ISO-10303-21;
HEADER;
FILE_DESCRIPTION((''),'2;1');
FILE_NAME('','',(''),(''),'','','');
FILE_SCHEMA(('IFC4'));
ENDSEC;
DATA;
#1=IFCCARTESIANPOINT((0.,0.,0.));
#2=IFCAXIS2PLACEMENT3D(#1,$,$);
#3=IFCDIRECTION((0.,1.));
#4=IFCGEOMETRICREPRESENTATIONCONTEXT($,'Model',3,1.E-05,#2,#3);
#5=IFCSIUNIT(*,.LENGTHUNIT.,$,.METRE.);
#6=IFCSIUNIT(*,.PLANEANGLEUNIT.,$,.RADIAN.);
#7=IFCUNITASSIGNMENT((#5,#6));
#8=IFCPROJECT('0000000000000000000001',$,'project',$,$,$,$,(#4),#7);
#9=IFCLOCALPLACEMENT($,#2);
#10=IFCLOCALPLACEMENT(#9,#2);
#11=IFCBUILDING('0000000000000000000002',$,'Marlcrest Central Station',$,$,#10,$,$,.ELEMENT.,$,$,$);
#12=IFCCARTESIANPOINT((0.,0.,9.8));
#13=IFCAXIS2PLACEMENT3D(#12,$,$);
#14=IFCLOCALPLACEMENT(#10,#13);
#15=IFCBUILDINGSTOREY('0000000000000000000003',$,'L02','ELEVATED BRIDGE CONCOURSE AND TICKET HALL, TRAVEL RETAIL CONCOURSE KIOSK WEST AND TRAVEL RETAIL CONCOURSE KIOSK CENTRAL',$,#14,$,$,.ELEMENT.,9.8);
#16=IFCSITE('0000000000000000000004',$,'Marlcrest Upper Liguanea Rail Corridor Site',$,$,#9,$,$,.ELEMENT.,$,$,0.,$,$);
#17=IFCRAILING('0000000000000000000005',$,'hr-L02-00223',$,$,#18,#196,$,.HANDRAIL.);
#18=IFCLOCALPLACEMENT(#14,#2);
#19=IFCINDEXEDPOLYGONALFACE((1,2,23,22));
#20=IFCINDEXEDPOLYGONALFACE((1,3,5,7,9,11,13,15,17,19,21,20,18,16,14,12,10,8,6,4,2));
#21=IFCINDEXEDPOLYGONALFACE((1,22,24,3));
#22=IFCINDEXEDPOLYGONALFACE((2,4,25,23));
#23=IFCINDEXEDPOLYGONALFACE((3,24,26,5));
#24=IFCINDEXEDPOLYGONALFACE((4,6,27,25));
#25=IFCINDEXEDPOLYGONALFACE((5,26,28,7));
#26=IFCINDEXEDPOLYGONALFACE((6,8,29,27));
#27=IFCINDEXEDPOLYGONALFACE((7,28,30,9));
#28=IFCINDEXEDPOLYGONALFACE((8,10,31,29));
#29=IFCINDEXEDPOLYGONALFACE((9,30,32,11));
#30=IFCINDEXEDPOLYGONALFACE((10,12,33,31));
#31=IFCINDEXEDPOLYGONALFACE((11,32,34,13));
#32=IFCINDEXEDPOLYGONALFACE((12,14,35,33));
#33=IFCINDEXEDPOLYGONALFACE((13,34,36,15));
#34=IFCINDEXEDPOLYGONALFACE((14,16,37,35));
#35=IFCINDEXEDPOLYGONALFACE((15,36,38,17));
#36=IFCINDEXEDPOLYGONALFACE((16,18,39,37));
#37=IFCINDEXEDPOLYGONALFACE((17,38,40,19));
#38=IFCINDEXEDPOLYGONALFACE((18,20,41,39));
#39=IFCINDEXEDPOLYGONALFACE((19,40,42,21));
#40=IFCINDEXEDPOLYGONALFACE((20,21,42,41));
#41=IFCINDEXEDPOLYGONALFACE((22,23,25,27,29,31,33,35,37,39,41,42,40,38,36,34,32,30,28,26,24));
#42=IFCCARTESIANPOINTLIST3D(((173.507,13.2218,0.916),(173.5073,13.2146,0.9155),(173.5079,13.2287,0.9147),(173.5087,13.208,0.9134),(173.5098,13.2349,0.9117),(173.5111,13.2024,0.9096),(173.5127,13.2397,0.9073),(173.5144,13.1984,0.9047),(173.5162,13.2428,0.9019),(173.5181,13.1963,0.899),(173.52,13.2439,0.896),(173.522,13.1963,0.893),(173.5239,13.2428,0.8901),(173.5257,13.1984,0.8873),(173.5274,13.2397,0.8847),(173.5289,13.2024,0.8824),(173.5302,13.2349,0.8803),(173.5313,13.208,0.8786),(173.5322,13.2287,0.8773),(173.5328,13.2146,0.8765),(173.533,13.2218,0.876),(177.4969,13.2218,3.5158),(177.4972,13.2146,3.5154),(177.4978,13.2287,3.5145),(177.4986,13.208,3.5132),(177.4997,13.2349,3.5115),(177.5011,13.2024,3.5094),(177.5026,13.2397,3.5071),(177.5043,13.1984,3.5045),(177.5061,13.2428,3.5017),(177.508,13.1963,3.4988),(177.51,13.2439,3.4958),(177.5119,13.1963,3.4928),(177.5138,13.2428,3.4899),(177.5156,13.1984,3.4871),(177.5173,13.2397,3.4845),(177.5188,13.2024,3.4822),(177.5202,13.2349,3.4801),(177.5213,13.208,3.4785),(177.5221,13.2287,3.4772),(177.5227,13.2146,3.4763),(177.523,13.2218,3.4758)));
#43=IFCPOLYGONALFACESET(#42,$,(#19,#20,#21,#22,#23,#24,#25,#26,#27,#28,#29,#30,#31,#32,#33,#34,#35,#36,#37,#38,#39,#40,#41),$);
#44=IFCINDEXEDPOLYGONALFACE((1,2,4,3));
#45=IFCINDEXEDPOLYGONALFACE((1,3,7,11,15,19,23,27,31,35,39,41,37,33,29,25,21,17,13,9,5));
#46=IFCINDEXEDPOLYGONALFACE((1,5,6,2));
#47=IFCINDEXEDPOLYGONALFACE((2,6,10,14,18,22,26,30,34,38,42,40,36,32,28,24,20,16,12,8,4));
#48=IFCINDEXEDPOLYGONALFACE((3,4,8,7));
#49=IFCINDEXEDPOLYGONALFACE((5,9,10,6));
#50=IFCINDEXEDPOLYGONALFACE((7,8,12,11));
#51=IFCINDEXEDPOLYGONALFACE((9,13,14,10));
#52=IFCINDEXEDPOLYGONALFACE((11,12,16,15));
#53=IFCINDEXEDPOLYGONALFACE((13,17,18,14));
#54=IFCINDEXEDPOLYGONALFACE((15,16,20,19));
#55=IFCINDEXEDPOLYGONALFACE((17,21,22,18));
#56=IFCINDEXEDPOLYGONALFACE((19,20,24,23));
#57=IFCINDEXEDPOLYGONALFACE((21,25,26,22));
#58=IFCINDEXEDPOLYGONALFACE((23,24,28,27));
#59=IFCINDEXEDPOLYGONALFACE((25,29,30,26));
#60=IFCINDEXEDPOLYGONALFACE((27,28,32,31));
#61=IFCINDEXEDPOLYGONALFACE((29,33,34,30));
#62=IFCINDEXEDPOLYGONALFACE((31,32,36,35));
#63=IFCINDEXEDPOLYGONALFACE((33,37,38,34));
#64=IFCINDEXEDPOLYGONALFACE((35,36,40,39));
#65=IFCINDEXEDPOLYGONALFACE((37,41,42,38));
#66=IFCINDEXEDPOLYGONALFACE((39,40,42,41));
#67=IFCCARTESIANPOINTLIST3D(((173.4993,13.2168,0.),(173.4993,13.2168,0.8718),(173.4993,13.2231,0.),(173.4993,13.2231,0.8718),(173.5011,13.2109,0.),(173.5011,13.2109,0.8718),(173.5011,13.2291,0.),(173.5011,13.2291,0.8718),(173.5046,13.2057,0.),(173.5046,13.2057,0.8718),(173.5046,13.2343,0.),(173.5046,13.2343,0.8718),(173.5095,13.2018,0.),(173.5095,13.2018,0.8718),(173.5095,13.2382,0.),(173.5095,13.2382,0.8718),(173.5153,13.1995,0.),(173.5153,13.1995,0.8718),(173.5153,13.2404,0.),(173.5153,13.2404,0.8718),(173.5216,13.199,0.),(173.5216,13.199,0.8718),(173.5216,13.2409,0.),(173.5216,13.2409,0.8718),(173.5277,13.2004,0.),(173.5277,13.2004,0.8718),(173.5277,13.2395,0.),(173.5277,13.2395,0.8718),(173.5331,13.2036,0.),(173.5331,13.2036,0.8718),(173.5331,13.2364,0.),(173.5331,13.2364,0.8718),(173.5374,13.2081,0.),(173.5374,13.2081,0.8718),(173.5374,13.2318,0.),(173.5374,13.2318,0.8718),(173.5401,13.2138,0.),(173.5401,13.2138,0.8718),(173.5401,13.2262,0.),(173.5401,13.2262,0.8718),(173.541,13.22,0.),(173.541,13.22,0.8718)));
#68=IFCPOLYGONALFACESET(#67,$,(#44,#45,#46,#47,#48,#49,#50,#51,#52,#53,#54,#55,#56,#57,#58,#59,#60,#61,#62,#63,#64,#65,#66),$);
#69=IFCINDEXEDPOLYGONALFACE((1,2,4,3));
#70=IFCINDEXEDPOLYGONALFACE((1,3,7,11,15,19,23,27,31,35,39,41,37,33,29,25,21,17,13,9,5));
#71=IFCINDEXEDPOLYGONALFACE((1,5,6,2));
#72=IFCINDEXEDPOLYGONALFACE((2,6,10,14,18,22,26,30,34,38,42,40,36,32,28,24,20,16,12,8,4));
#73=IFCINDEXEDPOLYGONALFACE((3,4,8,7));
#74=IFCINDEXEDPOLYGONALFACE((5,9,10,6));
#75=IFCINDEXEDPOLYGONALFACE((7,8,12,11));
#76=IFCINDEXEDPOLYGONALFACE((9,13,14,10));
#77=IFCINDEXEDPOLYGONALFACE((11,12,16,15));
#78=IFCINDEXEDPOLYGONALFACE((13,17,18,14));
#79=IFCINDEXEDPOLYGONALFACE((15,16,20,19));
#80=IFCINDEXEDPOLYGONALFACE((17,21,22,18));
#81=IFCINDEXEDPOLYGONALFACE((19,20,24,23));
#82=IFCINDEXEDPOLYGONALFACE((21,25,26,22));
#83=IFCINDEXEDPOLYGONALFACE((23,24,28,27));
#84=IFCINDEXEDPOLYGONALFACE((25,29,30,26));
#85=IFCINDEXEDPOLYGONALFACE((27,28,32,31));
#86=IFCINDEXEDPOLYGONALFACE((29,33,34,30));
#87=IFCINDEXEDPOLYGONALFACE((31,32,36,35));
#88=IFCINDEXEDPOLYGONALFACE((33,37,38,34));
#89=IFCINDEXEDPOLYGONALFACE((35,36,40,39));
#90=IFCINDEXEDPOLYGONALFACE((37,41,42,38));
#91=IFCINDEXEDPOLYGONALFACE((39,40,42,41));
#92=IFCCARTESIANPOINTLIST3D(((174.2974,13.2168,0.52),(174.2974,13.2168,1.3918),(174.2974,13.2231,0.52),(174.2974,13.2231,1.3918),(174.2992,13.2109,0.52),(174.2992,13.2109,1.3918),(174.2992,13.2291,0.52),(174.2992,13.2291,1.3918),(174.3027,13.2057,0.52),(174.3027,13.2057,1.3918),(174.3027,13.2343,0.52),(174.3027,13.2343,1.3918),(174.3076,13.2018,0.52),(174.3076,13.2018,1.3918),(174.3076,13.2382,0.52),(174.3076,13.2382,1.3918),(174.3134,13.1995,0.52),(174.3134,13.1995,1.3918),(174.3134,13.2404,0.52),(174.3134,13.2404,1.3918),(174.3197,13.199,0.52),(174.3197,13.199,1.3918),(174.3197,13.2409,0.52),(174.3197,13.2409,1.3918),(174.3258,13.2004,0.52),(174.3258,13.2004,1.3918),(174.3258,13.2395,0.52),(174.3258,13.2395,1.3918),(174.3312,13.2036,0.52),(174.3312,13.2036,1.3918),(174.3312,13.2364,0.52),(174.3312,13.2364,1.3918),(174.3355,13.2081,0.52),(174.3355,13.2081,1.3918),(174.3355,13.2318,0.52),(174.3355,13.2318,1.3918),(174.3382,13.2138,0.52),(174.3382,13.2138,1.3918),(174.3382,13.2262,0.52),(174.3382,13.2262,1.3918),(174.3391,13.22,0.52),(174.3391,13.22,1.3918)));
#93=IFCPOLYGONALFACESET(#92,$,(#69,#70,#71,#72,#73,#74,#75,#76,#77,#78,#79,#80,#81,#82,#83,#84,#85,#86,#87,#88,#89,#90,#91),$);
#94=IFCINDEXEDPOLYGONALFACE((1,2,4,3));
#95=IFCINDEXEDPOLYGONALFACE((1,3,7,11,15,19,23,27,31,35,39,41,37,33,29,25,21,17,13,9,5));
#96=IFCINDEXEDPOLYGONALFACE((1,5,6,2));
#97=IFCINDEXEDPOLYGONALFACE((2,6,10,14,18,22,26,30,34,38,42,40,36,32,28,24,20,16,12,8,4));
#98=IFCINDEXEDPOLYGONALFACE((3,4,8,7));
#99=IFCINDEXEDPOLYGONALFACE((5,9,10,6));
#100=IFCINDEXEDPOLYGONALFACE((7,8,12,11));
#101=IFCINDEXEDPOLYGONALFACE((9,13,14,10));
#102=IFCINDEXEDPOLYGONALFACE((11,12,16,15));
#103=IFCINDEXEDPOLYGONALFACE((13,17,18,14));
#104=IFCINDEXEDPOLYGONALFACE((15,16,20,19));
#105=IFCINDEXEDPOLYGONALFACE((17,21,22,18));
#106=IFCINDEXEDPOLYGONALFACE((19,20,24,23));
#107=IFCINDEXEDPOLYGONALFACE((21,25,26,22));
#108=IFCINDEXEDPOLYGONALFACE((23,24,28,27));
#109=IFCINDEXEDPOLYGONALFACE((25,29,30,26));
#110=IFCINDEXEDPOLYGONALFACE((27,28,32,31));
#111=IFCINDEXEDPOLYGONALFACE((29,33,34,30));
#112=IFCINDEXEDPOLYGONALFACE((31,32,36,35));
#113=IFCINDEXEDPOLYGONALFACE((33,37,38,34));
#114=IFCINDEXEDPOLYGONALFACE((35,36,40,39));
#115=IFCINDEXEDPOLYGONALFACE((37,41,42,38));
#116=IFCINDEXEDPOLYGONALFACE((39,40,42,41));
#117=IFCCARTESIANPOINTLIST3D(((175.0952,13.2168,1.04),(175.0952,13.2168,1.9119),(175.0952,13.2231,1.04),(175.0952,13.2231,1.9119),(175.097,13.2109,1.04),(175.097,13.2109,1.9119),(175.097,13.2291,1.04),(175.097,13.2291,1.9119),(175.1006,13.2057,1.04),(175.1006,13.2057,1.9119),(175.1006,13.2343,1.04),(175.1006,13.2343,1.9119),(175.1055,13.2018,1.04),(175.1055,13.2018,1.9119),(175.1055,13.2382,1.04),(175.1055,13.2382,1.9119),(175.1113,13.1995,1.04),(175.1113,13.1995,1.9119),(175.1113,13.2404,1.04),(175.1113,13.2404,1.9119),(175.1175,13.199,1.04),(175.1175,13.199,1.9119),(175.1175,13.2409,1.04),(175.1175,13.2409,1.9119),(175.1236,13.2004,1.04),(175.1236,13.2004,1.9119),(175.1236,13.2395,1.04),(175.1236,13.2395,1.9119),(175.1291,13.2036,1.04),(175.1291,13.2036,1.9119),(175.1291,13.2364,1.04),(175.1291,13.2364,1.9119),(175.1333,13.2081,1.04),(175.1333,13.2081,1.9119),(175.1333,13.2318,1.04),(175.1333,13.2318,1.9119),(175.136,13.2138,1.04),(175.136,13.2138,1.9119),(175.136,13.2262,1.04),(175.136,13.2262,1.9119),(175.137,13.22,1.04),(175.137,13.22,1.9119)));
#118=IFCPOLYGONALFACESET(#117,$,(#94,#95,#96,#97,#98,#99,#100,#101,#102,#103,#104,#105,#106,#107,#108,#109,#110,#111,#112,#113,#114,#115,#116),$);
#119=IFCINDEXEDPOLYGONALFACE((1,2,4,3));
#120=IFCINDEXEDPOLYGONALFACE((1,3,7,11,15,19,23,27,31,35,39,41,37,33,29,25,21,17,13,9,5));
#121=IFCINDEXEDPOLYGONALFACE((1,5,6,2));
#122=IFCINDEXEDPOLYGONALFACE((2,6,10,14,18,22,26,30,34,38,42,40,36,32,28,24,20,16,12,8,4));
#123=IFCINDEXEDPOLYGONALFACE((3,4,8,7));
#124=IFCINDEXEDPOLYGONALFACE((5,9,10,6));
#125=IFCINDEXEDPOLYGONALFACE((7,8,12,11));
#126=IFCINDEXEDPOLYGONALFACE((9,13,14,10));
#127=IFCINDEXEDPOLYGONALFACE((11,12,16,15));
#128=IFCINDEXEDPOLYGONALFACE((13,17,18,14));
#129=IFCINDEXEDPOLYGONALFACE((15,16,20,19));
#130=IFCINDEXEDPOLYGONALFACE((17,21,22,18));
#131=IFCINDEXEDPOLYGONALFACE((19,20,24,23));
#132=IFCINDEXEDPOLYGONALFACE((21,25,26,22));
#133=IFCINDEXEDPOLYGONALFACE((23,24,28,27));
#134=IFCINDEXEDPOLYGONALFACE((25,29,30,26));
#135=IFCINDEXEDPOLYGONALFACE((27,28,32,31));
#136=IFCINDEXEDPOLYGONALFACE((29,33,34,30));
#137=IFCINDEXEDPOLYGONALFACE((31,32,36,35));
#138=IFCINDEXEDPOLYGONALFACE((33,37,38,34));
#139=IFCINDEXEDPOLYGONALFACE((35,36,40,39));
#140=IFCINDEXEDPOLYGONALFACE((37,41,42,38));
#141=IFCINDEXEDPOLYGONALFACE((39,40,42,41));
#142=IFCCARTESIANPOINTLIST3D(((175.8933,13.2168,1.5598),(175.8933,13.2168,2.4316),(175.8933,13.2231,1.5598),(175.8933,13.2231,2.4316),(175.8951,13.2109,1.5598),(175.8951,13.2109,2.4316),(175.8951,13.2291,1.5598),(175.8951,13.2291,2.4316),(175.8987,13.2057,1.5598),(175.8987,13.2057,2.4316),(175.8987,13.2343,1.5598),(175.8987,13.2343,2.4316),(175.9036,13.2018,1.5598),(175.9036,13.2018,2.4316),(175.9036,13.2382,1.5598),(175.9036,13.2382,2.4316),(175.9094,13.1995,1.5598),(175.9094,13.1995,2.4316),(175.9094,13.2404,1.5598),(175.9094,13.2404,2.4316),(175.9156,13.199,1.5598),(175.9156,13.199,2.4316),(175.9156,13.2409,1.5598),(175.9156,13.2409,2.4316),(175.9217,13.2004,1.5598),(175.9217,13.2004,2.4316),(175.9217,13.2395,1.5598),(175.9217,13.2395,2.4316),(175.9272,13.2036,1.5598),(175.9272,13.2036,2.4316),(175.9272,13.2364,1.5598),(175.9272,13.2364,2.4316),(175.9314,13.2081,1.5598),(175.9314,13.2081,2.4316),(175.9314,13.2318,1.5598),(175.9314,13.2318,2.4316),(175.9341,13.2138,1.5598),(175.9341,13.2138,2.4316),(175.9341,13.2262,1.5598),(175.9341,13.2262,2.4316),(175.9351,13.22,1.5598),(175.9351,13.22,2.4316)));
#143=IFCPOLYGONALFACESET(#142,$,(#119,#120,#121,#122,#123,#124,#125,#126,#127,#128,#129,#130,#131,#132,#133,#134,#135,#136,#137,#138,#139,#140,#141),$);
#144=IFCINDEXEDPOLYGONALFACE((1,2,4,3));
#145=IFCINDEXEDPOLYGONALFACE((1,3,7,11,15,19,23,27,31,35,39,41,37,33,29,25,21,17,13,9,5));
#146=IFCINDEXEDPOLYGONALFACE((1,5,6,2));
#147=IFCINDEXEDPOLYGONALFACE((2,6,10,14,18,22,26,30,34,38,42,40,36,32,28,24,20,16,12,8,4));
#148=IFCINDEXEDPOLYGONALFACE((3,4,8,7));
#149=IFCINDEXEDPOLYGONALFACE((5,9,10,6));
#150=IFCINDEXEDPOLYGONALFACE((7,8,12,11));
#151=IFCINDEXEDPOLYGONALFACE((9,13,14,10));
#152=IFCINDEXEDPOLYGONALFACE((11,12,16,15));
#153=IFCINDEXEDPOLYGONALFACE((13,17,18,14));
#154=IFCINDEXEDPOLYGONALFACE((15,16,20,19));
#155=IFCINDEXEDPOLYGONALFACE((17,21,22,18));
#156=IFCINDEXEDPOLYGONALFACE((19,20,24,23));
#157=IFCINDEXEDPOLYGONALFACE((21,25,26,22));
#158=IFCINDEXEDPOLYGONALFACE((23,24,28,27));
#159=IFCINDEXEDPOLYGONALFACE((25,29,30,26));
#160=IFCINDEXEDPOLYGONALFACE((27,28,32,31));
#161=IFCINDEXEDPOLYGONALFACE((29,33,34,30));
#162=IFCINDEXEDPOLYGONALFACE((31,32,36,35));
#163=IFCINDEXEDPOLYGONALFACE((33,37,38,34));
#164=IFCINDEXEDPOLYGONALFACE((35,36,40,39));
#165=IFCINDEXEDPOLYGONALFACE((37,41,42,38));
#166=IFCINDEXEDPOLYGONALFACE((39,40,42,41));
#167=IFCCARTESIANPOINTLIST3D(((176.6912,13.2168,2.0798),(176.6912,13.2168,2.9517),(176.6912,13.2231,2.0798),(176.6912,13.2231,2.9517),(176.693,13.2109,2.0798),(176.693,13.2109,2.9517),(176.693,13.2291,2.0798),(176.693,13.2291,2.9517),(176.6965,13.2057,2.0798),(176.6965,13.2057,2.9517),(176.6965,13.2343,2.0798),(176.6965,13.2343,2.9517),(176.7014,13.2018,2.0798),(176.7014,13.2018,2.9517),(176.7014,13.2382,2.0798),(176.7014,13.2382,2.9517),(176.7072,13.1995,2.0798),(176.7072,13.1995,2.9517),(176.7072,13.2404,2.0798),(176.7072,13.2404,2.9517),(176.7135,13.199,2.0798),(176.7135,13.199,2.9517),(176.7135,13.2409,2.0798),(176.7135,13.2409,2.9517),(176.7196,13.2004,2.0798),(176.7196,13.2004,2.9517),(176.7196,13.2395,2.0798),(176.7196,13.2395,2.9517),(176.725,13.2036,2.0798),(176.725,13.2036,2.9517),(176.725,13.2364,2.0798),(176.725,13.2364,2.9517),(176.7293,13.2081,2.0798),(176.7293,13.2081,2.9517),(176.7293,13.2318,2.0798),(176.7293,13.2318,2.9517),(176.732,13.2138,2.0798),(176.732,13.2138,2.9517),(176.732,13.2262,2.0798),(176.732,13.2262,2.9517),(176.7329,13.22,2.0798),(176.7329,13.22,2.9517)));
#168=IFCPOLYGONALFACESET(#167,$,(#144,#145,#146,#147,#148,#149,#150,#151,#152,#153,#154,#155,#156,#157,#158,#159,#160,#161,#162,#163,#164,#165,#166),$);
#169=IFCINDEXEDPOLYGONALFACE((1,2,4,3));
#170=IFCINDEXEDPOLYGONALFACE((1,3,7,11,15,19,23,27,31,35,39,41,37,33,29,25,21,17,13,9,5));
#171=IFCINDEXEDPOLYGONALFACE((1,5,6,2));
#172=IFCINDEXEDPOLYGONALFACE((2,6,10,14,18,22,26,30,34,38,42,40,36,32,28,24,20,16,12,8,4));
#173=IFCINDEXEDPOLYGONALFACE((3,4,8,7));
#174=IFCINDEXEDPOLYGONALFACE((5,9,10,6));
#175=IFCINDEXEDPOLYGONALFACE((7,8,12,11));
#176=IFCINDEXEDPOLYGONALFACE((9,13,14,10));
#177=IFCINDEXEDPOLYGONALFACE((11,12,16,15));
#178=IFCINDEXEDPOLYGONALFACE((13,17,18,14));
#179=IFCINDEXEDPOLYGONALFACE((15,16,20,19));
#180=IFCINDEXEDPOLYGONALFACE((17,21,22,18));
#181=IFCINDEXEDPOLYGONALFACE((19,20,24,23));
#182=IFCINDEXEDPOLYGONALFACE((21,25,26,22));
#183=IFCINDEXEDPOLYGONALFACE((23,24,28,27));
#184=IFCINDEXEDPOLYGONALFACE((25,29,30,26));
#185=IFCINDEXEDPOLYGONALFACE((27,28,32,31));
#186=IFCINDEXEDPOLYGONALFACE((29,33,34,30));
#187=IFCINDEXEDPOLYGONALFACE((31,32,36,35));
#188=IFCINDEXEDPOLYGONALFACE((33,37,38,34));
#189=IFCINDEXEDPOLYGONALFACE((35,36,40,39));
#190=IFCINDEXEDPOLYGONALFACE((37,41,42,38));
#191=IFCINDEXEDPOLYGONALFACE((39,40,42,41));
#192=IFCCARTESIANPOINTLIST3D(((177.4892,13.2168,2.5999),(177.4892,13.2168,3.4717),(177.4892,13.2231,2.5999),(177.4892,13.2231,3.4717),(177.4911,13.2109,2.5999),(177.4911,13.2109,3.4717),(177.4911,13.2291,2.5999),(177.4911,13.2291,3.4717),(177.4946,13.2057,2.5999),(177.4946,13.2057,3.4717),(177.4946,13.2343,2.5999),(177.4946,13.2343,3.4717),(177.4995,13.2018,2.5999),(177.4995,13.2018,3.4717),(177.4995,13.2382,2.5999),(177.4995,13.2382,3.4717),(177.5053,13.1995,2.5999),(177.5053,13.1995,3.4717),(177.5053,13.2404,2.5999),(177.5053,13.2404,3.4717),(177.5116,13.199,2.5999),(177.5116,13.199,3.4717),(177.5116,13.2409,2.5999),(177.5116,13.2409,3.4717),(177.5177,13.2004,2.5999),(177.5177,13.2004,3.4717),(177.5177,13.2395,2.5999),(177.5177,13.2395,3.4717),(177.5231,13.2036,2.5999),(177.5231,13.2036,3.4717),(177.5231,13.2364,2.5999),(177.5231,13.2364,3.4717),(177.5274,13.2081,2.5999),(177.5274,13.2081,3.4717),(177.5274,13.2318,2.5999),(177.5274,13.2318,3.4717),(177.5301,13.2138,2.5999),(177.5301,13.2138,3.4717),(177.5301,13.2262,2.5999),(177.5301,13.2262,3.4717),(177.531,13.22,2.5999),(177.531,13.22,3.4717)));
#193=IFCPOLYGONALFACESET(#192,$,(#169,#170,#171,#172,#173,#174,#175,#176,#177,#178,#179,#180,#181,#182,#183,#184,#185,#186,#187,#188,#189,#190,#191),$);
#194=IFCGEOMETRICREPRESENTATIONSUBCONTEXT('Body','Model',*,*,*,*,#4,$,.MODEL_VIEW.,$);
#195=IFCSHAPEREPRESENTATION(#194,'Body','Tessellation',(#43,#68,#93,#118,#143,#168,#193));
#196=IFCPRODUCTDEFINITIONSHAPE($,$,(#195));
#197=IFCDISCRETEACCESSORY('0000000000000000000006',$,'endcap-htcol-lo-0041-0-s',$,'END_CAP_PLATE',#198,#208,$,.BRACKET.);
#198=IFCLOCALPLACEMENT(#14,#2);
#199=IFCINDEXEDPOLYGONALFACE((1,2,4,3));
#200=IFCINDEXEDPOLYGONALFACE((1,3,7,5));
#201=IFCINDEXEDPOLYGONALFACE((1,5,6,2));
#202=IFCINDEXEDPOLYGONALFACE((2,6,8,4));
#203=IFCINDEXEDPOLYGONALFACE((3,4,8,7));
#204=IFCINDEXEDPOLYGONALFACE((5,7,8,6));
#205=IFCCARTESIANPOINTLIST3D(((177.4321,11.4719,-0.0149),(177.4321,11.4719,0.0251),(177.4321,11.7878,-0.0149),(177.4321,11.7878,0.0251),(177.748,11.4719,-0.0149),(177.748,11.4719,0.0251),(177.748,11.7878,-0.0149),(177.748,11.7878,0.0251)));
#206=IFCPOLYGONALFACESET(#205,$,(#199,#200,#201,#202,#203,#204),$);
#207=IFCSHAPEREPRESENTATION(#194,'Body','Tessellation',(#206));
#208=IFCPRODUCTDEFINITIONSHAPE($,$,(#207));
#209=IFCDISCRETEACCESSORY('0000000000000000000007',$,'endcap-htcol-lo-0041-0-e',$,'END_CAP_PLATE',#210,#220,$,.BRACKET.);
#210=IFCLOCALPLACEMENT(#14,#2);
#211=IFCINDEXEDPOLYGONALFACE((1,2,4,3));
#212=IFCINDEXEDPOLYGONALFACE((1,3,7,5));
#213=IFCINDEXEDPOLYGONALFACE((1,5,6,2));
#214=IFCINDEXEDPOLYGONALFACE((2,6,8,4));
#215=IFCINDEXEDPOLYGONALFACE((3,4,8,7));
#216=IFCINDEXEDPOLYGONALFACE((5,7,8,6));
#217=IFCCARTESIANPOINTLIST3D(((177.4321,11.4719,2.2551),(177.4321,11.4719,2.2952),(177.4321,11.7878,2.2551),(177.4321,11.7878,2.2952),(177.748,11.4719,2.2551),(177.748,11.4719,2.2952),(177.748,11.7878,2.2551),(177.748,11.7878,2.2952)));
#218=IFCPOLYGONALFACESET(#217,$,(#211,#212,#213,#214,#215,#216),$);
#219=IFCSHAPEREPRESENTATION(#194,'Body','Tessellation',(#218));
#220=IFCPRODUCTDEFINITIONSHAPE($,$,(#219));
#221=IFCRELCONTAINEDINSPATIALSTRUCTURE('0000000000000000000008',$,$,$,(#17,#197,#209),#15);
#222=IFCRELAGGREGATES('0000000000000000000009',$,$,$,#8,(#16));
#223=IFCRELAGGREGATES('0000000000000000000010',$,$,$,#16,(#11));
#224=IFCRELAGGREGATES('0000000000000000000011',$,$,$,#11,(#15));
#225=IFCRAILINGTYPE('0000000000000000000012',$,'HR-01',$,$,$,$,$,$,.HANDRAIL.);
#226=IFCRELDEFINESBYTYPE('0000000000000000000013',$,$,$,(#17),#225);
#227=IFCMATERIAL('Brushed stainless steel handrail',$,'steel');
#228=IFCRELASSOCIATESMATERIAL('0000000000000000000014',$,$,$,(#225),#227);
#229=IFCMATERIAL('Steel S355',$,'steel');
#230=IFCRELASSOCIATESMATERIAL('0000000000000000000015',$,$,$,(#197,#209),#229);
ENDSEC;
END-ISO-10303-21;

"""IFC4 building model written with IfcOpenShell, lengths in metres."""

from ifc_helpers import new_model, si_unit, direction, frame, origin, origin_2d, place, context, subcontext, project, spatial, rectangle, circle, extrude, material, type_object, element, save


model = new_model("IFC4")

# Units and contexts
model_context = context("Model", 3, precision=1e-05, world=origin(), true_north=direction((0.0, 1.0)))
body_context = subcontext(model_context, "Body", "Model", "MODEL_VIEW")
ifc_project = project(units=[si_unit("LENGTHUNIT", "METRE"), si_unit("PLANEANGLEUNIT", "RADIAN")], contexts=[model_context])

# Site, building, storey
site_placement = place(None, origin())
site = spatial("IfcSite", under=ifc_project, at=site_placement, Name="Marlcrest Upper Liguanea Rail Corridor Site", CompositionType="ELEMENT", RefElevation=0.0)
building_placement = place(site_placement, origin())
building = spatial("IfcBuilding", under=site, at=building_placement, Name="Marlcrest Central Station", CompositionType="ELEMENT")
storey_placement = place(building_placement, frame((0.0, 0.0, 9.8)))
storey = spatial("IfcBuildingStorey", under=building, at=storey_placement, Name="L02", Description="ELEVATED BRIDGE CONCOURSE AND TICKET HALL, TRAVEL RETAIL CONCOURSE KIOSK WEST AND TRAVEL RETAIL CONCOURSE KIOSK CENTRAL", CompositionType="ELEMENT", Elevation=9.8)

# Shared definitions
ifc_material_1 = material(Name="Steel S355", Category="steel")

# Railing
ifc_material_2 = material(Name="Brushed stainless steel handrail", Category="steel")
railing_type_1 = type_object("IfcRailingType", Name="HR-01", PredefinedType="HANDRAIL", material=ifc_material_2)
railing_1_placement = place(storey_placement, frame((173.52, 13.22, 0.0)))
element("IfcRailing", 1, at=railing_1_placement, inside=storey, type_object=railing_type_1, Name="hr-L02-00223", PredefinedType="HANDRAIL", context=body_context, shape_type="SweptSolid", body=[
    extrude(circle(Radius=0.0239, at=origin_2d()), frame((0.0, 0.0, 0.896), z_axis=(0.837833, 0.0, 0.545927), x_axis=(0.0, 1.0, 0.0)), (0.0, 0.0, 1.0), 4.7622),
    extrude(circle(Radius=0.021, at=origin_2d()), origin(), (0.0, 0.0, 1.0), 0.8718),
    extrude(circle(Radius=0.021, at=origin_2d()), frame((0.7981, 0.0, 0.52)), (0.0, 0.0, 1.0), 0.8718),
    extrude(circle(Radius=0.021, at=origin_2d()), frame((1.5959, 0.0, 1.04)), (0.0, 0.0, 1.0), 0.8718),
    extrude(circle(Radius=0.021, at=origin_2d()), frame((2.394, 0.0, 1.5598)), (0.0, 0.0, 1.0), 0.8718),
    extrude(circle(Radius=0.021, at=origin_2d()), frame((3.1919, 0.0, 2.0798)), (0.0, 0.0, 1.0), 0.8718),
    extrude(circle(Radius=0.021, at=origin_2d()), frame((3.99, 0.0, 2.5999)), (0.0, 0.0, 1.0), 0.8718),
])

# Discrete accessories
for number, where, z_axis, x_axis, name in (
    (2, (177.5901, 11.6299, -0.0149), (0.0, 0.0, 1.0), (1.0, 0.0, 0.0), "endcap-htcol-lo-0041-0-s"),
    (3, (177.5901, 11.6299, 2.2551), (0.0, 0.0, 1.0), (1.0, 0.0, 0.0), "endcap-htcol-lo-0041-0-e"),
):
    element("IfcDiscreteAccessory", number, at=place(storey_placement, frame(where, z_axis=z_axis, x_axis=x_axis)), inside=storey, material=ifc_material_1, Name=name, ObjectType="END_CAP_PLATE", PredefinedType="BRACKET", context=body_context, shape_type="SweptSolid", body=[
        extrude(rectangle(XDim=0.3159, YDim=0.3159, at=origin_2d()), origin(), (0.0, 0.0, 1.0), 0.04),
    ])

save(model, "model.ifc")
